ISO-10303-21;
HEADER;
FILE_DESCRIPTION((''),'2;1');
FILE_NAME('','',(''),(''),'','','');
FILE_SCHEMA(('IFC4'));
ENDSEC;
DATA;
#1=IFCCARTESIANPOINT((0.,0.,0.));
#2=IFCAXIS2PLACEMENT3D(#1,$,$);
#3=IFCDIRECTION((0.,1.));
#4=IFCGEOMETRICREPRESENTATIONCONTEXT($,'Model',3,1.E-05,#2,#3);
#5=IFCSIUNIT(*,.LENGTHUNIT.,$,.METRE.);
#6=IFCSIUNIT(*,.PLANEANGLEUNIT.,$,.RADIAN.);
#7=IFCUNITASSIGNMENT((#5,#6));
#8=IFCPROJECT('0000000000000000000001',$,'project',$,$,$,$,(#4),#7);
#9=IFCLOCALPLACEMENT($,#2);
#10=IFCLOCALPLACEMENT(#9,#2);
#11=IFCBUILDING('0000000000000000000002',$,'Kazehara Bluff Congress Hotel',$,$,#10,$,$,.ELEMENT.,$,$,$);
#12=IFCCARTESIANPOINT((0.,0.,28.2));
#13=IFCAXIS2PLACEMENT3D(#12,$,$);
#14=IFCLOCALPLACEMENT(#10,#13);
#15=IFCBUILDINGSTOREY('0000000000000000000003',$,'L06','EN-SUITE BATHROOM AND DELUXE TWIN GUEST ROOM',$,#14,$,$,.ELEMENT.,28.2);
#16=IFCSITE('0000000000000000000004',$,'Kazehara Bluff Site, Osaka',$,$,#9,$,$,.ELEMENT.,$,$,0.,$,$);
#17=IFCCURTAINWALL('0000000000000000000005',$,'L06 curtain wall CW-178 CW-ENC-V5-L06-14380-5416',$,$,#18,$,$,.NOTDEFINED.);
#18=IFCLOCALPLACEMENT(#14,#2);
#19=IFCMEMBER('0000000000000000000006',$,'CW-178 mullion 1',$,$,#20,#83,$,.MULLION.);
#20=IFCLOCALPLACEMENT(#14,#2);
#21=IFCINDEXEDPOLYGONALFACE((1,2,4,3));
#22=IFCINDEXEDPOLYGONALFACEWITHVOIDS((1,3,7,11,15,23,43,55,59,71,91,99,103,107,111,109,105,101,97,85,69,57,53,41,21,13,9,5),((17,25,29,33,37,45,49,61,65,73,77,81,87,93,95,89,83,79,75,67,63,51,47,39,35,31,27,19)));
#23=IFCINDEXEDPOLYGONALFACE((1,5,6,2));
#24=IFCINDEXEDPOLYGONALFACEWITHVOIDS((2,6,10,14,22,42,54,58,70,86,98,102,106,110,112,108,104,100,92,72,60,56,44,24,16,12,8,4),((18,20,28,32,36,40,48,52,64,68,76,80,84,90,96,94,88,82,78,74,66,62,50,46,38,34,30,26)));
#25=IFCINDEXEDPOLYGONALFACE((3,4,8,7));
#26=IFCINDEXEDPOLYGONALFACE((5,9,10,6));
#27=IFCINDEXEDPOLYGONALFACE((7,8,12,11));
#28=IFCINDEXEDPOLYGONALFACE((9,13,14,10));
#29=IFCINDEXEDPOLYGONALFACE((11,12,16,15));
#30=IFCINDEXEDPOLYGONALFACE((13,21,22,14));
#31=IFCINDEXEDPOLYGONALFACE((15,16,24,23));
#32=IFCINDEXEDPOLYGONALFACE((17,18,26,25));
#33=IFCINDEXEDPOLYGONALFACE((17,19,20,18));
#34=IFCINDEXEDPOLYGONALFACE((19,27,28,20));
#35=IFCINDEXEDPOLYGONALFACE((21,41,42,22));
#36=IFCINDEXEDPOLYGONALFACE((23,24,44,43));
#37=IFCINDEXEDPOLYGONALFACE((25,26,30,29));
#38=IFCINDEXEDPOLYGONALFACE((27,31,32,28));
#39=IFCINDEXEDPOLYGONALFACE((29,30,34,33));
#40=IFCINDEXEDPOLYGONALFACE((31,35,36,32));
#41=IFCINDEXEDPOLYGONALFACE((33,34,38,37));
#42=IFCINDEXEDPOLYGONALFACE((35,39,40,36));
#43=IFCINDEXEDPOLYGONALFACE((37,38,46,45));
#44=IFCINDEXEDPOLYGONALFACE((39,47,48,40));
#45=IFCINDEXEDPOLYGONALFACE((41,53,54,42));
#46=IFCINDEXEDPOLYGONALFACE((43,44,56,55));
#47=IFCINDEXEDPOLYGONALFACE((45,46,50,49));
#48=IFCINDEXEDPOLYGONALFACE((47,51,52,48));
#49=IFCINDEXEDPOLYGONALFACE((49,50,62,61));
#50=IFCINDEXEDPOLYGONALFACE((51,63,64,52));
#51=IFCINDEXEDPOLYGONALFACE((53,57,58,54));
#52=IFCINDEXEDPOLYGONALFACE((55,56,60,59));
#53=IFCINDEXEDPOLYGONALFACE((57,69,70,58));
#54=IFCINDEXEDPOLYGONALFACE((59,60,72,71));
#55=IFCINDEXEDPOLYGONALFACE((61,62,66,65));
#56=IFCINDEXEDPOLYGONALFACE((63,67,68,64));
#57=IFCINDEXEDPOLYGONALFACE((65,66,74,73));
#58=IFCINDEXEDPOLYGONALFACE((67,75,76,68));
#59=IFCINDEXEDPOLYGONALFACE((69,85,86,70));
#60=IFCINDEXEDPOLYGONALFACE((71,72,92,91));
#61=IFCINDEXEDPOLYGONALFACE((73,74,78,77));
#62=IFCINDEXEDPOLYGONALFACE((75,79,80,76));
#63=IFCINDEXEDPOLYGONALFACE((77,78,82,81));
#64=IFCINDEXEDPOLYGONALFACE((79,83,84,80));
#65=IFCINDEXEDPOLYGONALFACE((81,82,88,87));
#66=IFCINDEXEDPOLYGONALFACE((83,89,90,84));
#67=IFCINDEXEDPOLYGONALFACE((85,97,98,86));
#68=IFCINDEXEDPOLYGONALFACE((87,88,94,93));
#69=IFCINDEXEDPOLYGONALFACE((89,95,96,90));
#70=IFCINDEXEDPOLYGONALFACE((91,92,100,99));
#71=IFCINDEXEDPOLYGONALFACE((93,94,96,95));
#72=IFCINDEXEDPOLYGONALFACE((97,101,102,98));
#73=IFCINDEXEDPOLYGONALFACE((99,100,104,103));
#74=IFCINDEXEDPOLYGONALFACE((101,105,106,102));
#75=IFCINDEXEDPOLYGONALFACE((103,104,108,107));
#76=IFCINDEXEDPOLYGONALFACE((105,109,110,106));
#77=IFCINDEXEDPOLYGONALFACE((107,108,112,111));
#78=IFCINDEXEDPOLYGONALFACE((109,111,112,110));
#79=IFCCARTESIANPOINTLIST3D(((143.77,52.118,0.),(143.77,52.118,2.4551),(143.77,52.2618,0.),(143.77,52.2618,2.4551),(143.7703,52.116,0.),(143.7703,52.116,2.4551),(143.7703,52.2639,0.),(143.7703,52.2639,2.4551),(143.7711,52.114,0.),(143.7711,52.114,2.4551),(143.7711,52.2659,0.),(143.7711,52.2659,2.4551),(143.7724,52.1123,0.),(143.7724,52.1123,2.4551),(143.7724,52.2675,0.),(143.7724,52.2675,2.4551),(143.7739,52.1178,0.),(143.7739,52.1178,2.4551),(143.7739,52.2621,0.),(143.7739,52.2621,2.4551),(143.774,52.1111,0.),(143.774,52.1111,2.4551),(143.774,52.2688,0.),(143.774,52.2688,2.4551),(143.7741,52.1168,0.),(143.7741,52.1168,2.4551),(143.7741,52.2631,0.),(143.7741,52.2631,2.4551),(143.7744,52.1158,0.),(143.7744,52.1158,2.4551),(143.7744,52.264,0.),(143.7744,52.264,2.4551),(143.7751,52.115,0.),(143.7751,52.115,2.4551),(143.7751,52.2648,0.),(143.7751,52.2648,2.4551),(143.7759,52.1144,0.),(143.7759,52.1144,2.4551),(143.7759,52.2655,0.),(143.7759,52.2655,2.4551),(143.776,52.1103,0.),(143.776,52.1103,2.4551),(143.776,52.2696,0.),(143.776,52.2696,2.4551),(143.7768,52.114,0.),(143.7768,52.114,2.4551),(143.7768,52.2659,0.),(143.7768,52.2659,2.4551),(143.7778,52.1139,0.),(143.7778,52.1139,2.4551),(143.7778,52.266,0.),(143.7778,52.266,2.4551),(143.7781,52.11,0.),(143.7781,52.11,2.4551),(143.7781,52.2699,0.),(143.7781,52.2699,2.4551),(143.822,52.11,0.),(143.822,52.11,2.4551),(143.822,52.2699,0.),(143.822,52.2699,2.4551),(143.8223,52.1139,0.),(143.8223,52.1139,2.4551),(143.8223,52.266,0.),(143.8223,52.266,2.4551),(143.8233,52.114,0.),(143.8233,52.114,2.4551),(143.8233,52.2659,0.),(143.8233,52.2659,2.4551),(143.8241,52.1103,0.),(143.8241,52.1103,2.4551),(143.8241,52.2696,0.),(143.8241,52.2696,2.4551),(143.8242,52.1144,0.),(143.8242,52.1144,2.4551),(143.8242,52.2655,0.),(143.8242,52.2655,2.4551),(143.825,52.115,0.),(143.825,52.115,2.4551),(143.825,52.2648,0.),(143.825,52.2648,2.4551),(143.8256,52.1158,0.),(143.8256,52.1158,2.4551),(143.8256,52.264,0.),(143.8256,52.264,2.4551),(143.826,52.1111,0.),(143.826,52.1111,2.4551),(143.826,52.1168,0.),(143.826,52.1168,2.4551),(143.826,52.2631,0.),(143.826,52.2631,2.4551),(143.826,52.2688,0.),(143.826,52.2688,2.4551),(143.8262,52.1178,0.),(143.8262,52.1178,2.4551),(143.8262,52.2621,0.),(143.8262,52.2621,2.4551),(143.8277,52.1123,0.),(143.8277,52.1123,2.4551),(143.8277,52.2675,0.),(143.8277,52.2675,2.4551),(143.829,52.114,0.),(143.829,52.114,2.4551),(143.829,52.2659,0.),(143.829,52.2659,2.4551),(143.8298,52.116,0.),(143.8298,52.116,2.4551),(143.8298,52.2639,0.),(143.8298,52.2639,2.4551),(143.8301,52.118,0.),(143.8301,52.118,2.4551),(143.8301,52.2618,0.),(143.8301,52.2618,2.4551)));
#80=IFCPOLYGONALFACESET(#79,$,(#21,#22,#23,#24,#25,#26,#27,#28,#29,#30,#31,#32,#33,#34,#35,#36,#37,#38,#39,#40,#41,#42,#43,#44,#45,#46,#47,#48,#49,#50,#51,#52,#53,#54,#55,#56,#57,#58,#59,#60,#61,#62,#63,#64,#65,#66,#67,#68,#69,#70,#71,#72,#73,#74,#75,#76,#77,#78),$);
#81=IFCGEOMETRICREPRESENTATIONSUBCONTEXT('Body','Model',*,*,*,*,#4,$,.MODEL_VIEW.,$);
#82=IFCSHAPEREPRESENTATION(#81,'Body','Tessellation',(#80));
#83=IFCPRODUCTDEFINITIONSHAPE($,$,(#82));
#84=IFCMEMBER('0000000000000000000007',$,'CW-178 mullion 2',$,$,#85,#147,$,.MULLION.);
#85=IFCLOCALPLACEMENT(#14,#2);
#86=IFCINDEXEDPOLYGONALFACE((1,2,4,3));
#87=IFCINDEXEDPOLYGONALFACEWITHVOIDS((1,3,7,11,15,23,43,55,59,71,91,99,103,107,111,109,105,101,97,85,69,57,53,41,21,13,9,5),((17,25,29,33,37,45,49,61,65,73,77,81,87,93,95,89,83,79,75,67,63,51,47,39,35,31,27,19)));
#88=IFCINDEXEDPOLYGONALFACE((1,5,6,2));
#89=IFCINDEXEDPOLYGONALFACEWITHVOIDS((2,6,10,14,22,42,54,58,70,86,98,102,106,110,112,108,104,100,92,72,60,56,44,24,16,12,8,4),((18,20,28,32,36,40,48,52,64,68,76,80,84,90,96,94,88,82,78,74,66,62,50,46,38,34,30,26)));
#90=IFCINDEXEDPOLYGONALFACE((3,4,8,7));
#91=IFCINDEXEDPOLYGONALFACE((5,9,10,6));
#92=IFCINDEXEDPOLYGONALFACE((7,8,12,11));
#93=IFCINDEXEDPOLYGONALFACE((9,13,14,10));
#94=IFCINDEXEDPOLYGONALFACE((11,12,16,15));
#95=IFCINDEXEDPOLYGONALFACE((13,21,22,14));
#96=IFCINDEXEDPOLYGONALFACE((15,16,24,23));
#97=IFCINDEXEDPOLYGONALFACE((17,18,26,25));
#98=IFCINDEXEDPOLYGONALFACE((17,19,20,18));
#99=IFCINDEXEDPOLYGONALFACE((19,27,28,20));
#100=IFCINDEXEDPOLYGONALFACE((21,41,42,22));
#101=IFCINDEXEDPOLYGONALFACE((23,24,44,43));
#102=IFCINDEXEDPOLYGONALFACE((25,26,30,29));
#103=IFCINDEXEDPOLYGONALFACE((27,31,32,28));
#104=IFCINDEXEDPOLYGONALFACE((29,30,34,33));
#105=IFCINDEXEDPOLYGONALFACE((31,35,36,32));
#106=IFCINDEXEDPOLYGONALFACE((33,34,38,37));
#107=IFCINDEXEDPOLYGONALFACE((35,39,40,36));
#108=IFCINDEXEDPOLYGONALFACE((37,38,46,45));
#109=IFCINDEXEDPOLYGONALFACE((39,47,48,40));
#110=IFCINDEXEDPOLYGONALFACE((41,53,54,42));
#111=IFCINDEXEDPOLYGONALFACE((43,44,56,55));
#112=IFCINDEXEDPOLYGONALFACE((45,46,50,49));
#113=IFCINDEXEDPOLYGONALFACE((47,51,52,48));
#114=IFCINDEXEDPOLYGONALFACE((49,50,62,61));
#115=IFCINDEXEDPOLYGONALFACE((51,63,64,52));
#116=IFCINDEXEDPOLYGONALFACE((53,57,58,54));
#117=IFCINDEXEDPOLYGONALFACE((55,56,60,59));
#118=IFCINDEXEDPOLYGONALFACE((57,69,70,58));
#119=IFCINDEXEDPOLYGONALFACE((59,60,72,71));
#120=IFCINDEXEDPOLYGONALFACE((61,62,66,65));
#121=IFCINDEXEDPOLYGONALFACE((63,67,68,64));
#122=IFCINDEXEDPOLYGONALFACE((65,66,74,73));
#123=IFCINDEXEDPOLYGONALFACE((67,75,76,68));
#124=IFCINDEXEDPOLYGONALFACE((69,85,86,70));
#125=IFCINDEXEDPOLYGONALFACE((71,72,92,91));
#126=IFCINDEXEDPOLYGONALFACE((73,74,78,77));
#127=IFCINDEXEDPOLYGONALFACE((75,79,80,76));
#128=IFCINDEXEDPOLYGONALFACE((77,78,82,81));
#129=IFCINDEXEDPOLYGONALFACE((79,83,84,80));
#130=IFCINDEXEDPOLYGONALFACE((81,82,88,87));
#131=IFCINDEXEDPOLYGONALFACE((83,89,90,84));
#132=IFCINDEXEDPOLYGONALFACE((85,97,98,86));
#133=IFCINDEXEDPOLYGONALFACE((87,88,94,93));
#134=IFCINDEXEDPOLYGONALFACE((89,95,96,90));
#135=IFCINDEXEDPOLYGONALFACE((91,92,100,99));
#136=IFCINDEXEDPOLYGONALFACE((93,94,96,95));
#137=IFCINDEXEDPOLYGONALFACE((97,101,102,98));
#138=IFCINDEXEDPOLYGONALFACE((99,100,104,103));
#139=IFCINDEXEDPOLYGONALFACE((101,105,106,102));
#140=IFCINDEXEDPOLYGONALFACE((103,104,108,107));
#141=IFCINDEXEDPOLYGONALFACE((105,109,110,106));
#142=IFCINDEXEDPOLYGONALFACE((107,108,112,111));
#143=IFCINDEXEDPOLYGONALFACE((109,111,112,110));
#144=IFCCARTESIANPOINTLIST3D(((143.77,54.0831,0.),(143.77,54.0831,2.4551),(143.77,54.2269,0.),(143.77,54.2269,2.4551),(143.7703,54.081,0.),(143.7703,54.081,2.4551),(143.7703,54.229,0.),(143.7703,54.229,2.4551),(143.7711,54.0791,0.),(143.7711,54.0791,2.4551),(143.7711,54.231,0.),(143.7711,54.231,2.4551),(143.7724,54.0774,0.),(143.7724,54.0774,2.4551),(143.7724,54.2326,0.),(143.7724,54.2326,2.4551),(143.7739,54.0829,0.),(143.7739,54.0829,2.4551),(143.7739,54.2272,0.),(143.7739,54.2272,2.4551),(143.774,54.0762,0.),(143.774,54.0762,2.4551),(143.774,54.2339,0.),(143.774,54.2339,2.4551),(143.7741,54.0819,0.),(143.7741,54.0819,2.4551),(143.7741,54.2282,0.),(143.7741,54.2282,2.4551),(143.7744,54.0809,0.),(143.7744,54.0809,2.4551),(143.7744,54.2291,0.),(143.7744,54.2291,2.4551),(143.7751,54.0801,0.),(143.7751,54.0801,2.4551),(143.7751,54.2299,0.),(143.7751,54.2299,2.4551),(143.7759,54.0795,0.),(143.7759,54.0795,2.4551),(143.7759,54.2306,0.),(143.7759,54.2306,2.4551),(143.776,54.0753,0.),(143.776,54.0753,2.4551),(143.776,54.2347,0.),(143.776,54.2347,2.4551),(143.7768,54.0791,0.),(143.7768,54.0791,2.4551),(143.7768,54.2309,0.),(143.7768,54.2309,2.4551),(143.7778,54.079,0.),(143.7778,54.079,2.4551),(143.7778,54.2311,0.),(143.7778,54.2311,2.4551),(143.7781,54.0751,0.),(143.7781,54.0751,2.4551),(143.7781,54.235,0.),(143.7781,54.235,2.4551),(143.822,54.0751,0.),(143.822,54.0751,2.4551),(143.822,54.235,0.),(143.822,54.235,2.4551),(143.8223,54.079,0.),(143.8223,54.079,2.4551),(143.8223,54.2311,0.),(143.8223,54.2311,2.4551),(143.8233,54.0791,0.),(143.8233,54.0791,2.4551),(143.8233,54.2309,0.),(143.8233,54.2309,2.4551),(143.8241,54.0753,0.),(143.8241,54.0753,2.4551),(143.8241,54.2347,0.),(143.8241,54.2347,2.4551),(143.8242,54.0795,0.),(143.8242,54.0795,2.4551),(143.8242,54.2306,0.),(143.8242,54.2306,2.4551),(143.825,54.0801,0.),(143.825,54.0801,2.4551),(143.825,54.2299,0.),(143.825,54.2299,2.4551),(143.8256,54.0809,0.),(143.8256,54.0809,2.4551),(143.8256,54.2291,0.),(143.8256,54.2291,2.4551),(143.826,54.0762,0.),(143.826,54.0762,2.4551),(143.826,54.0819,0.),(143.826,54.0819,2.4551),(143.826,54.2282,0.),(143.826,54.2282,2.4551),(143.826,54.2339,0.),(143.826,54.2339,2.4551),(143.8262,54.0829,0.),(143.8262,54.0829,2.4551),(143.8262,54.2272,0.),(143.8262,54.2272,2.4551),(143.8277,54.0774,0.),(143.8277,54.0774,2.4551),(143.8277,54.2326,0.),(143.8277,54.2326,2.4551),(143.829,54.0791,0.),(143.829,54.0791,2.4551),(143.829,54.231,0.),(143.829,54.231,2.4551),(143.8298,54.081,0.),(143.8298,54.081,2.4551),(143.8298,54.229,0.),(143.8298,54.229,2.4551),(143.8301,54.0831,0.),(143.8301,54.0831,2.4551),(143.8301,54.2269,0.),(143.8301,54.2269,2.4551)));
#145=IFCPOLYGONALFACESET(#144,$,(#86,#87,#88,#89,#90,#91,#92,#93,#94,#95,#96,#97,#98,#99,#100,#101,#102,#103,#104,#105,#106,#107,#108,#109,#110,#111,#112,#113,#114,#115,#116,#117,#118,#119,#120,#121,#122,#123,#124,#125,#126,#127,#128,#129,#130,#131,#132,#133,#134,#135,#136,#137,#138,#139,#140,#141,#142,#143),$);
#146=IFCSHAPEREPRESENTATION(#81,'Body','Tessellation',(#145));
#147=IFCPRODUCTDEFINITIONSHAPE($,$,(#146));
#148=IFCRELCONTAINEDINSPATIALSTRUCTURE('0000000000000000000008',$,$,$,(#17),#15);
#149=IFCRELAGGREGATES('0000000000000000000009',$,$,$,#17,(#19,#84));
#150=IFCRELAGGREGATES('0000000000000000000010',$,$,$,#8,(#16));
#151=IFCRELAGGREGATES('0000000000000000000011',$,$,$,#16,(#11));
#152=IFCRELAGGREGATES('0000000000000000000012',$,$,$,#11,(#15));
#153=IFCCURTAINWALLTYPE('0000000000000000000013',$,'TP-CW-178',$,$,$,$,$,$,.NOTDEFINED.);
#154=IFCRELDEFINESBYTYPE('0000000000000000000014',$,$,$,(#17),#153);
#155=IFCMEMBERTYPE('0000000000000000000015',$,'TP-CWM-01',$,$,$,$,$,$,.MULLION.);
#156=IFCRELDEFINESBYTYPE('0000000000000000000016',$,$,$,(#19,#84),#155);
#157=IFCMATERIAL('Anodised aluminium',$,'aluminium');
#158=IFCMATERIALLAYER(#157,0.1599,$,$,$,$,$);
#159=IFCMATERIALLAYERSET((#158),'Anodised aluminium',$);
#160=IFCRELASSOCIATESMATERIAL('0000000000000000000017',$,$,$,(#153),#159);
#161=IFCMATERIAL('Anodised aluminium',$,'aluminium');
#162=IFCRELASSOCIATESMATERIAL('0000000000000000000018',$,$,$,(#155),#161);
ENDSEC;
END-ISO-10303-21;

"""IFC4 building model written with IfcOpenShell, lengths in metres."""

from ifc_helpers import new_model, si_unit, direction, frame, origin, origin_2d, place, context, subcontext, project, spatial, hollow_rectangle, extrude, material, layer, layer_set, material_profile, profile_set, type_object, element, aggregate, save


model = new_model("IFC4")

# Units and contexts
model_context = context("Model", 3, precision=1e-05, world=origin(), true_north=direction((0.0, 1.0)))
body_context = subcontext(model_context, "Body", "Model", "MODEL_VIEW")
ifc_project = project(units=[si_unit("LENGTHUNIT", "METRE"), si_unit("PLANEANGLEUNIT", "RADIAN")], contexts=[model_context])

# Site, building, storey
site_placement = place(None, origin())
site = spatial("IfcSite", under=ifc_project, at=site_placement, Name="Kazehara Bluff Site, Osaka", CompositionType="ELEMENT", RefElevation=0.0)
building_placement = place(site_placement, origin())
building = spatial("IfcBuilding", under=site, at=building_placement, Name="Kazehara Bluff Congress Hotel", CompositionType="ELEMENT")
storey_placement = place(building_placement, frame((0.0, 0.0, 28.2)))
storey = spatial("IfcBuildingStorey", under=building, at=storey_placement, Name="L06", Description="EN-SUITE BATHROOM AND DELUXE TWIN GUEST ROOM", CompositionType="ELEMENT", Elevation=28.2)

# Curtain wall, members
ifc_material_1 = material(Name="Anodised aluminium", Category="aluminium")
ifc_layer_1 = layer(ifc_material_1, 0.1599)
ifc_layer_set_1 = layer_set([ifc_layer_1], Name="Anodised aluminium")
curtain_wall_type_1 = type_object("IfcCurtainWallType", Name="TP-CW-178", PredefinedType="NOTDEFINED", material=ifc_layer_set_1)
curtain_wall_1_placement = place(storey_placement, origin())
curtain_wall_1 = element("IfcCurtainWall", 1, at=curtain_wall_1_placement, inside=storey, type_object=curtain_wall_type_1, Name="L06 curtain wall CW-178 CW-ENC-V5-L06-14380-5416", PredefinedType="NOTDEFINED")
ifc_material_2 = material(Name="Anodised aluminium", Category="aluminium")
ifc_material_profile_1 = material_profile(ifc_material_2, hollow_rectangle(XDim=0.0601, YDim=0.1599, WallThickness=0.0039, InnerFilletRadius=0.0039, OuterFilletRadius=0.0081, at=origin_2d()))
ifc_profile_set_1 = profile_set([ifc_material_profile_1], Name="Anodised aluminium")
member_type_1 = type_object("IfcMemberType", Name="TP-CWM-01", PredefinedType="MULLION", material=ifc_profile_set_1)
member_1_placement = place(storey_placement, frame((143.8, 52.1899, 0.0), z_axis=(0.0, 0.0, 1.0), x_axis=(-1.0, 0.0, 0.0)))
member_1 = element("IfcMember", 2, at=member_1_placement, type_object=member_type_1, Name="CW-178 mullion 1", PredefinedType="MULLION", context=body_context, shape_type="SweptSolid", body=[
    extrude(hollow_rectangle(XDim=0.0601, YDim=0.1599, WallThickness=0.0039, InnerFilletRadius=0.0039, OuterFilletRadius=0.0081, at=origin_2d()), origin(), (0.0, 0.0, 1.0), 2.4551),
])
member_2_placement = place(storey_placement, frame((143.8, 54.155, 0.0), z_axis=(0.0, 0.0, 1.0), x_axis=(-1.0, 0.0, 0.0)))
member_2 = element("IfcMember", 3, at=member_2_placement, type_object=member_type_1, Name="CW-178 mullion 2", PredefinedType="MULLION", context=body_context, shape_type="SweptSolid", body=[
    extrude(hollow_rectangle(XDim=0.0601, YDim=0.1599, WallThickness=0.0039, InnerFilletRadius=0.0039, OuterFilletRadius=0.0081, at=origin_2d()), origin(), (0.0, 0.0, 1.0), 2.4551),
])

aggregate(curtain_wall_1, [member_1, member_2])

save(model, "model.ifc")
